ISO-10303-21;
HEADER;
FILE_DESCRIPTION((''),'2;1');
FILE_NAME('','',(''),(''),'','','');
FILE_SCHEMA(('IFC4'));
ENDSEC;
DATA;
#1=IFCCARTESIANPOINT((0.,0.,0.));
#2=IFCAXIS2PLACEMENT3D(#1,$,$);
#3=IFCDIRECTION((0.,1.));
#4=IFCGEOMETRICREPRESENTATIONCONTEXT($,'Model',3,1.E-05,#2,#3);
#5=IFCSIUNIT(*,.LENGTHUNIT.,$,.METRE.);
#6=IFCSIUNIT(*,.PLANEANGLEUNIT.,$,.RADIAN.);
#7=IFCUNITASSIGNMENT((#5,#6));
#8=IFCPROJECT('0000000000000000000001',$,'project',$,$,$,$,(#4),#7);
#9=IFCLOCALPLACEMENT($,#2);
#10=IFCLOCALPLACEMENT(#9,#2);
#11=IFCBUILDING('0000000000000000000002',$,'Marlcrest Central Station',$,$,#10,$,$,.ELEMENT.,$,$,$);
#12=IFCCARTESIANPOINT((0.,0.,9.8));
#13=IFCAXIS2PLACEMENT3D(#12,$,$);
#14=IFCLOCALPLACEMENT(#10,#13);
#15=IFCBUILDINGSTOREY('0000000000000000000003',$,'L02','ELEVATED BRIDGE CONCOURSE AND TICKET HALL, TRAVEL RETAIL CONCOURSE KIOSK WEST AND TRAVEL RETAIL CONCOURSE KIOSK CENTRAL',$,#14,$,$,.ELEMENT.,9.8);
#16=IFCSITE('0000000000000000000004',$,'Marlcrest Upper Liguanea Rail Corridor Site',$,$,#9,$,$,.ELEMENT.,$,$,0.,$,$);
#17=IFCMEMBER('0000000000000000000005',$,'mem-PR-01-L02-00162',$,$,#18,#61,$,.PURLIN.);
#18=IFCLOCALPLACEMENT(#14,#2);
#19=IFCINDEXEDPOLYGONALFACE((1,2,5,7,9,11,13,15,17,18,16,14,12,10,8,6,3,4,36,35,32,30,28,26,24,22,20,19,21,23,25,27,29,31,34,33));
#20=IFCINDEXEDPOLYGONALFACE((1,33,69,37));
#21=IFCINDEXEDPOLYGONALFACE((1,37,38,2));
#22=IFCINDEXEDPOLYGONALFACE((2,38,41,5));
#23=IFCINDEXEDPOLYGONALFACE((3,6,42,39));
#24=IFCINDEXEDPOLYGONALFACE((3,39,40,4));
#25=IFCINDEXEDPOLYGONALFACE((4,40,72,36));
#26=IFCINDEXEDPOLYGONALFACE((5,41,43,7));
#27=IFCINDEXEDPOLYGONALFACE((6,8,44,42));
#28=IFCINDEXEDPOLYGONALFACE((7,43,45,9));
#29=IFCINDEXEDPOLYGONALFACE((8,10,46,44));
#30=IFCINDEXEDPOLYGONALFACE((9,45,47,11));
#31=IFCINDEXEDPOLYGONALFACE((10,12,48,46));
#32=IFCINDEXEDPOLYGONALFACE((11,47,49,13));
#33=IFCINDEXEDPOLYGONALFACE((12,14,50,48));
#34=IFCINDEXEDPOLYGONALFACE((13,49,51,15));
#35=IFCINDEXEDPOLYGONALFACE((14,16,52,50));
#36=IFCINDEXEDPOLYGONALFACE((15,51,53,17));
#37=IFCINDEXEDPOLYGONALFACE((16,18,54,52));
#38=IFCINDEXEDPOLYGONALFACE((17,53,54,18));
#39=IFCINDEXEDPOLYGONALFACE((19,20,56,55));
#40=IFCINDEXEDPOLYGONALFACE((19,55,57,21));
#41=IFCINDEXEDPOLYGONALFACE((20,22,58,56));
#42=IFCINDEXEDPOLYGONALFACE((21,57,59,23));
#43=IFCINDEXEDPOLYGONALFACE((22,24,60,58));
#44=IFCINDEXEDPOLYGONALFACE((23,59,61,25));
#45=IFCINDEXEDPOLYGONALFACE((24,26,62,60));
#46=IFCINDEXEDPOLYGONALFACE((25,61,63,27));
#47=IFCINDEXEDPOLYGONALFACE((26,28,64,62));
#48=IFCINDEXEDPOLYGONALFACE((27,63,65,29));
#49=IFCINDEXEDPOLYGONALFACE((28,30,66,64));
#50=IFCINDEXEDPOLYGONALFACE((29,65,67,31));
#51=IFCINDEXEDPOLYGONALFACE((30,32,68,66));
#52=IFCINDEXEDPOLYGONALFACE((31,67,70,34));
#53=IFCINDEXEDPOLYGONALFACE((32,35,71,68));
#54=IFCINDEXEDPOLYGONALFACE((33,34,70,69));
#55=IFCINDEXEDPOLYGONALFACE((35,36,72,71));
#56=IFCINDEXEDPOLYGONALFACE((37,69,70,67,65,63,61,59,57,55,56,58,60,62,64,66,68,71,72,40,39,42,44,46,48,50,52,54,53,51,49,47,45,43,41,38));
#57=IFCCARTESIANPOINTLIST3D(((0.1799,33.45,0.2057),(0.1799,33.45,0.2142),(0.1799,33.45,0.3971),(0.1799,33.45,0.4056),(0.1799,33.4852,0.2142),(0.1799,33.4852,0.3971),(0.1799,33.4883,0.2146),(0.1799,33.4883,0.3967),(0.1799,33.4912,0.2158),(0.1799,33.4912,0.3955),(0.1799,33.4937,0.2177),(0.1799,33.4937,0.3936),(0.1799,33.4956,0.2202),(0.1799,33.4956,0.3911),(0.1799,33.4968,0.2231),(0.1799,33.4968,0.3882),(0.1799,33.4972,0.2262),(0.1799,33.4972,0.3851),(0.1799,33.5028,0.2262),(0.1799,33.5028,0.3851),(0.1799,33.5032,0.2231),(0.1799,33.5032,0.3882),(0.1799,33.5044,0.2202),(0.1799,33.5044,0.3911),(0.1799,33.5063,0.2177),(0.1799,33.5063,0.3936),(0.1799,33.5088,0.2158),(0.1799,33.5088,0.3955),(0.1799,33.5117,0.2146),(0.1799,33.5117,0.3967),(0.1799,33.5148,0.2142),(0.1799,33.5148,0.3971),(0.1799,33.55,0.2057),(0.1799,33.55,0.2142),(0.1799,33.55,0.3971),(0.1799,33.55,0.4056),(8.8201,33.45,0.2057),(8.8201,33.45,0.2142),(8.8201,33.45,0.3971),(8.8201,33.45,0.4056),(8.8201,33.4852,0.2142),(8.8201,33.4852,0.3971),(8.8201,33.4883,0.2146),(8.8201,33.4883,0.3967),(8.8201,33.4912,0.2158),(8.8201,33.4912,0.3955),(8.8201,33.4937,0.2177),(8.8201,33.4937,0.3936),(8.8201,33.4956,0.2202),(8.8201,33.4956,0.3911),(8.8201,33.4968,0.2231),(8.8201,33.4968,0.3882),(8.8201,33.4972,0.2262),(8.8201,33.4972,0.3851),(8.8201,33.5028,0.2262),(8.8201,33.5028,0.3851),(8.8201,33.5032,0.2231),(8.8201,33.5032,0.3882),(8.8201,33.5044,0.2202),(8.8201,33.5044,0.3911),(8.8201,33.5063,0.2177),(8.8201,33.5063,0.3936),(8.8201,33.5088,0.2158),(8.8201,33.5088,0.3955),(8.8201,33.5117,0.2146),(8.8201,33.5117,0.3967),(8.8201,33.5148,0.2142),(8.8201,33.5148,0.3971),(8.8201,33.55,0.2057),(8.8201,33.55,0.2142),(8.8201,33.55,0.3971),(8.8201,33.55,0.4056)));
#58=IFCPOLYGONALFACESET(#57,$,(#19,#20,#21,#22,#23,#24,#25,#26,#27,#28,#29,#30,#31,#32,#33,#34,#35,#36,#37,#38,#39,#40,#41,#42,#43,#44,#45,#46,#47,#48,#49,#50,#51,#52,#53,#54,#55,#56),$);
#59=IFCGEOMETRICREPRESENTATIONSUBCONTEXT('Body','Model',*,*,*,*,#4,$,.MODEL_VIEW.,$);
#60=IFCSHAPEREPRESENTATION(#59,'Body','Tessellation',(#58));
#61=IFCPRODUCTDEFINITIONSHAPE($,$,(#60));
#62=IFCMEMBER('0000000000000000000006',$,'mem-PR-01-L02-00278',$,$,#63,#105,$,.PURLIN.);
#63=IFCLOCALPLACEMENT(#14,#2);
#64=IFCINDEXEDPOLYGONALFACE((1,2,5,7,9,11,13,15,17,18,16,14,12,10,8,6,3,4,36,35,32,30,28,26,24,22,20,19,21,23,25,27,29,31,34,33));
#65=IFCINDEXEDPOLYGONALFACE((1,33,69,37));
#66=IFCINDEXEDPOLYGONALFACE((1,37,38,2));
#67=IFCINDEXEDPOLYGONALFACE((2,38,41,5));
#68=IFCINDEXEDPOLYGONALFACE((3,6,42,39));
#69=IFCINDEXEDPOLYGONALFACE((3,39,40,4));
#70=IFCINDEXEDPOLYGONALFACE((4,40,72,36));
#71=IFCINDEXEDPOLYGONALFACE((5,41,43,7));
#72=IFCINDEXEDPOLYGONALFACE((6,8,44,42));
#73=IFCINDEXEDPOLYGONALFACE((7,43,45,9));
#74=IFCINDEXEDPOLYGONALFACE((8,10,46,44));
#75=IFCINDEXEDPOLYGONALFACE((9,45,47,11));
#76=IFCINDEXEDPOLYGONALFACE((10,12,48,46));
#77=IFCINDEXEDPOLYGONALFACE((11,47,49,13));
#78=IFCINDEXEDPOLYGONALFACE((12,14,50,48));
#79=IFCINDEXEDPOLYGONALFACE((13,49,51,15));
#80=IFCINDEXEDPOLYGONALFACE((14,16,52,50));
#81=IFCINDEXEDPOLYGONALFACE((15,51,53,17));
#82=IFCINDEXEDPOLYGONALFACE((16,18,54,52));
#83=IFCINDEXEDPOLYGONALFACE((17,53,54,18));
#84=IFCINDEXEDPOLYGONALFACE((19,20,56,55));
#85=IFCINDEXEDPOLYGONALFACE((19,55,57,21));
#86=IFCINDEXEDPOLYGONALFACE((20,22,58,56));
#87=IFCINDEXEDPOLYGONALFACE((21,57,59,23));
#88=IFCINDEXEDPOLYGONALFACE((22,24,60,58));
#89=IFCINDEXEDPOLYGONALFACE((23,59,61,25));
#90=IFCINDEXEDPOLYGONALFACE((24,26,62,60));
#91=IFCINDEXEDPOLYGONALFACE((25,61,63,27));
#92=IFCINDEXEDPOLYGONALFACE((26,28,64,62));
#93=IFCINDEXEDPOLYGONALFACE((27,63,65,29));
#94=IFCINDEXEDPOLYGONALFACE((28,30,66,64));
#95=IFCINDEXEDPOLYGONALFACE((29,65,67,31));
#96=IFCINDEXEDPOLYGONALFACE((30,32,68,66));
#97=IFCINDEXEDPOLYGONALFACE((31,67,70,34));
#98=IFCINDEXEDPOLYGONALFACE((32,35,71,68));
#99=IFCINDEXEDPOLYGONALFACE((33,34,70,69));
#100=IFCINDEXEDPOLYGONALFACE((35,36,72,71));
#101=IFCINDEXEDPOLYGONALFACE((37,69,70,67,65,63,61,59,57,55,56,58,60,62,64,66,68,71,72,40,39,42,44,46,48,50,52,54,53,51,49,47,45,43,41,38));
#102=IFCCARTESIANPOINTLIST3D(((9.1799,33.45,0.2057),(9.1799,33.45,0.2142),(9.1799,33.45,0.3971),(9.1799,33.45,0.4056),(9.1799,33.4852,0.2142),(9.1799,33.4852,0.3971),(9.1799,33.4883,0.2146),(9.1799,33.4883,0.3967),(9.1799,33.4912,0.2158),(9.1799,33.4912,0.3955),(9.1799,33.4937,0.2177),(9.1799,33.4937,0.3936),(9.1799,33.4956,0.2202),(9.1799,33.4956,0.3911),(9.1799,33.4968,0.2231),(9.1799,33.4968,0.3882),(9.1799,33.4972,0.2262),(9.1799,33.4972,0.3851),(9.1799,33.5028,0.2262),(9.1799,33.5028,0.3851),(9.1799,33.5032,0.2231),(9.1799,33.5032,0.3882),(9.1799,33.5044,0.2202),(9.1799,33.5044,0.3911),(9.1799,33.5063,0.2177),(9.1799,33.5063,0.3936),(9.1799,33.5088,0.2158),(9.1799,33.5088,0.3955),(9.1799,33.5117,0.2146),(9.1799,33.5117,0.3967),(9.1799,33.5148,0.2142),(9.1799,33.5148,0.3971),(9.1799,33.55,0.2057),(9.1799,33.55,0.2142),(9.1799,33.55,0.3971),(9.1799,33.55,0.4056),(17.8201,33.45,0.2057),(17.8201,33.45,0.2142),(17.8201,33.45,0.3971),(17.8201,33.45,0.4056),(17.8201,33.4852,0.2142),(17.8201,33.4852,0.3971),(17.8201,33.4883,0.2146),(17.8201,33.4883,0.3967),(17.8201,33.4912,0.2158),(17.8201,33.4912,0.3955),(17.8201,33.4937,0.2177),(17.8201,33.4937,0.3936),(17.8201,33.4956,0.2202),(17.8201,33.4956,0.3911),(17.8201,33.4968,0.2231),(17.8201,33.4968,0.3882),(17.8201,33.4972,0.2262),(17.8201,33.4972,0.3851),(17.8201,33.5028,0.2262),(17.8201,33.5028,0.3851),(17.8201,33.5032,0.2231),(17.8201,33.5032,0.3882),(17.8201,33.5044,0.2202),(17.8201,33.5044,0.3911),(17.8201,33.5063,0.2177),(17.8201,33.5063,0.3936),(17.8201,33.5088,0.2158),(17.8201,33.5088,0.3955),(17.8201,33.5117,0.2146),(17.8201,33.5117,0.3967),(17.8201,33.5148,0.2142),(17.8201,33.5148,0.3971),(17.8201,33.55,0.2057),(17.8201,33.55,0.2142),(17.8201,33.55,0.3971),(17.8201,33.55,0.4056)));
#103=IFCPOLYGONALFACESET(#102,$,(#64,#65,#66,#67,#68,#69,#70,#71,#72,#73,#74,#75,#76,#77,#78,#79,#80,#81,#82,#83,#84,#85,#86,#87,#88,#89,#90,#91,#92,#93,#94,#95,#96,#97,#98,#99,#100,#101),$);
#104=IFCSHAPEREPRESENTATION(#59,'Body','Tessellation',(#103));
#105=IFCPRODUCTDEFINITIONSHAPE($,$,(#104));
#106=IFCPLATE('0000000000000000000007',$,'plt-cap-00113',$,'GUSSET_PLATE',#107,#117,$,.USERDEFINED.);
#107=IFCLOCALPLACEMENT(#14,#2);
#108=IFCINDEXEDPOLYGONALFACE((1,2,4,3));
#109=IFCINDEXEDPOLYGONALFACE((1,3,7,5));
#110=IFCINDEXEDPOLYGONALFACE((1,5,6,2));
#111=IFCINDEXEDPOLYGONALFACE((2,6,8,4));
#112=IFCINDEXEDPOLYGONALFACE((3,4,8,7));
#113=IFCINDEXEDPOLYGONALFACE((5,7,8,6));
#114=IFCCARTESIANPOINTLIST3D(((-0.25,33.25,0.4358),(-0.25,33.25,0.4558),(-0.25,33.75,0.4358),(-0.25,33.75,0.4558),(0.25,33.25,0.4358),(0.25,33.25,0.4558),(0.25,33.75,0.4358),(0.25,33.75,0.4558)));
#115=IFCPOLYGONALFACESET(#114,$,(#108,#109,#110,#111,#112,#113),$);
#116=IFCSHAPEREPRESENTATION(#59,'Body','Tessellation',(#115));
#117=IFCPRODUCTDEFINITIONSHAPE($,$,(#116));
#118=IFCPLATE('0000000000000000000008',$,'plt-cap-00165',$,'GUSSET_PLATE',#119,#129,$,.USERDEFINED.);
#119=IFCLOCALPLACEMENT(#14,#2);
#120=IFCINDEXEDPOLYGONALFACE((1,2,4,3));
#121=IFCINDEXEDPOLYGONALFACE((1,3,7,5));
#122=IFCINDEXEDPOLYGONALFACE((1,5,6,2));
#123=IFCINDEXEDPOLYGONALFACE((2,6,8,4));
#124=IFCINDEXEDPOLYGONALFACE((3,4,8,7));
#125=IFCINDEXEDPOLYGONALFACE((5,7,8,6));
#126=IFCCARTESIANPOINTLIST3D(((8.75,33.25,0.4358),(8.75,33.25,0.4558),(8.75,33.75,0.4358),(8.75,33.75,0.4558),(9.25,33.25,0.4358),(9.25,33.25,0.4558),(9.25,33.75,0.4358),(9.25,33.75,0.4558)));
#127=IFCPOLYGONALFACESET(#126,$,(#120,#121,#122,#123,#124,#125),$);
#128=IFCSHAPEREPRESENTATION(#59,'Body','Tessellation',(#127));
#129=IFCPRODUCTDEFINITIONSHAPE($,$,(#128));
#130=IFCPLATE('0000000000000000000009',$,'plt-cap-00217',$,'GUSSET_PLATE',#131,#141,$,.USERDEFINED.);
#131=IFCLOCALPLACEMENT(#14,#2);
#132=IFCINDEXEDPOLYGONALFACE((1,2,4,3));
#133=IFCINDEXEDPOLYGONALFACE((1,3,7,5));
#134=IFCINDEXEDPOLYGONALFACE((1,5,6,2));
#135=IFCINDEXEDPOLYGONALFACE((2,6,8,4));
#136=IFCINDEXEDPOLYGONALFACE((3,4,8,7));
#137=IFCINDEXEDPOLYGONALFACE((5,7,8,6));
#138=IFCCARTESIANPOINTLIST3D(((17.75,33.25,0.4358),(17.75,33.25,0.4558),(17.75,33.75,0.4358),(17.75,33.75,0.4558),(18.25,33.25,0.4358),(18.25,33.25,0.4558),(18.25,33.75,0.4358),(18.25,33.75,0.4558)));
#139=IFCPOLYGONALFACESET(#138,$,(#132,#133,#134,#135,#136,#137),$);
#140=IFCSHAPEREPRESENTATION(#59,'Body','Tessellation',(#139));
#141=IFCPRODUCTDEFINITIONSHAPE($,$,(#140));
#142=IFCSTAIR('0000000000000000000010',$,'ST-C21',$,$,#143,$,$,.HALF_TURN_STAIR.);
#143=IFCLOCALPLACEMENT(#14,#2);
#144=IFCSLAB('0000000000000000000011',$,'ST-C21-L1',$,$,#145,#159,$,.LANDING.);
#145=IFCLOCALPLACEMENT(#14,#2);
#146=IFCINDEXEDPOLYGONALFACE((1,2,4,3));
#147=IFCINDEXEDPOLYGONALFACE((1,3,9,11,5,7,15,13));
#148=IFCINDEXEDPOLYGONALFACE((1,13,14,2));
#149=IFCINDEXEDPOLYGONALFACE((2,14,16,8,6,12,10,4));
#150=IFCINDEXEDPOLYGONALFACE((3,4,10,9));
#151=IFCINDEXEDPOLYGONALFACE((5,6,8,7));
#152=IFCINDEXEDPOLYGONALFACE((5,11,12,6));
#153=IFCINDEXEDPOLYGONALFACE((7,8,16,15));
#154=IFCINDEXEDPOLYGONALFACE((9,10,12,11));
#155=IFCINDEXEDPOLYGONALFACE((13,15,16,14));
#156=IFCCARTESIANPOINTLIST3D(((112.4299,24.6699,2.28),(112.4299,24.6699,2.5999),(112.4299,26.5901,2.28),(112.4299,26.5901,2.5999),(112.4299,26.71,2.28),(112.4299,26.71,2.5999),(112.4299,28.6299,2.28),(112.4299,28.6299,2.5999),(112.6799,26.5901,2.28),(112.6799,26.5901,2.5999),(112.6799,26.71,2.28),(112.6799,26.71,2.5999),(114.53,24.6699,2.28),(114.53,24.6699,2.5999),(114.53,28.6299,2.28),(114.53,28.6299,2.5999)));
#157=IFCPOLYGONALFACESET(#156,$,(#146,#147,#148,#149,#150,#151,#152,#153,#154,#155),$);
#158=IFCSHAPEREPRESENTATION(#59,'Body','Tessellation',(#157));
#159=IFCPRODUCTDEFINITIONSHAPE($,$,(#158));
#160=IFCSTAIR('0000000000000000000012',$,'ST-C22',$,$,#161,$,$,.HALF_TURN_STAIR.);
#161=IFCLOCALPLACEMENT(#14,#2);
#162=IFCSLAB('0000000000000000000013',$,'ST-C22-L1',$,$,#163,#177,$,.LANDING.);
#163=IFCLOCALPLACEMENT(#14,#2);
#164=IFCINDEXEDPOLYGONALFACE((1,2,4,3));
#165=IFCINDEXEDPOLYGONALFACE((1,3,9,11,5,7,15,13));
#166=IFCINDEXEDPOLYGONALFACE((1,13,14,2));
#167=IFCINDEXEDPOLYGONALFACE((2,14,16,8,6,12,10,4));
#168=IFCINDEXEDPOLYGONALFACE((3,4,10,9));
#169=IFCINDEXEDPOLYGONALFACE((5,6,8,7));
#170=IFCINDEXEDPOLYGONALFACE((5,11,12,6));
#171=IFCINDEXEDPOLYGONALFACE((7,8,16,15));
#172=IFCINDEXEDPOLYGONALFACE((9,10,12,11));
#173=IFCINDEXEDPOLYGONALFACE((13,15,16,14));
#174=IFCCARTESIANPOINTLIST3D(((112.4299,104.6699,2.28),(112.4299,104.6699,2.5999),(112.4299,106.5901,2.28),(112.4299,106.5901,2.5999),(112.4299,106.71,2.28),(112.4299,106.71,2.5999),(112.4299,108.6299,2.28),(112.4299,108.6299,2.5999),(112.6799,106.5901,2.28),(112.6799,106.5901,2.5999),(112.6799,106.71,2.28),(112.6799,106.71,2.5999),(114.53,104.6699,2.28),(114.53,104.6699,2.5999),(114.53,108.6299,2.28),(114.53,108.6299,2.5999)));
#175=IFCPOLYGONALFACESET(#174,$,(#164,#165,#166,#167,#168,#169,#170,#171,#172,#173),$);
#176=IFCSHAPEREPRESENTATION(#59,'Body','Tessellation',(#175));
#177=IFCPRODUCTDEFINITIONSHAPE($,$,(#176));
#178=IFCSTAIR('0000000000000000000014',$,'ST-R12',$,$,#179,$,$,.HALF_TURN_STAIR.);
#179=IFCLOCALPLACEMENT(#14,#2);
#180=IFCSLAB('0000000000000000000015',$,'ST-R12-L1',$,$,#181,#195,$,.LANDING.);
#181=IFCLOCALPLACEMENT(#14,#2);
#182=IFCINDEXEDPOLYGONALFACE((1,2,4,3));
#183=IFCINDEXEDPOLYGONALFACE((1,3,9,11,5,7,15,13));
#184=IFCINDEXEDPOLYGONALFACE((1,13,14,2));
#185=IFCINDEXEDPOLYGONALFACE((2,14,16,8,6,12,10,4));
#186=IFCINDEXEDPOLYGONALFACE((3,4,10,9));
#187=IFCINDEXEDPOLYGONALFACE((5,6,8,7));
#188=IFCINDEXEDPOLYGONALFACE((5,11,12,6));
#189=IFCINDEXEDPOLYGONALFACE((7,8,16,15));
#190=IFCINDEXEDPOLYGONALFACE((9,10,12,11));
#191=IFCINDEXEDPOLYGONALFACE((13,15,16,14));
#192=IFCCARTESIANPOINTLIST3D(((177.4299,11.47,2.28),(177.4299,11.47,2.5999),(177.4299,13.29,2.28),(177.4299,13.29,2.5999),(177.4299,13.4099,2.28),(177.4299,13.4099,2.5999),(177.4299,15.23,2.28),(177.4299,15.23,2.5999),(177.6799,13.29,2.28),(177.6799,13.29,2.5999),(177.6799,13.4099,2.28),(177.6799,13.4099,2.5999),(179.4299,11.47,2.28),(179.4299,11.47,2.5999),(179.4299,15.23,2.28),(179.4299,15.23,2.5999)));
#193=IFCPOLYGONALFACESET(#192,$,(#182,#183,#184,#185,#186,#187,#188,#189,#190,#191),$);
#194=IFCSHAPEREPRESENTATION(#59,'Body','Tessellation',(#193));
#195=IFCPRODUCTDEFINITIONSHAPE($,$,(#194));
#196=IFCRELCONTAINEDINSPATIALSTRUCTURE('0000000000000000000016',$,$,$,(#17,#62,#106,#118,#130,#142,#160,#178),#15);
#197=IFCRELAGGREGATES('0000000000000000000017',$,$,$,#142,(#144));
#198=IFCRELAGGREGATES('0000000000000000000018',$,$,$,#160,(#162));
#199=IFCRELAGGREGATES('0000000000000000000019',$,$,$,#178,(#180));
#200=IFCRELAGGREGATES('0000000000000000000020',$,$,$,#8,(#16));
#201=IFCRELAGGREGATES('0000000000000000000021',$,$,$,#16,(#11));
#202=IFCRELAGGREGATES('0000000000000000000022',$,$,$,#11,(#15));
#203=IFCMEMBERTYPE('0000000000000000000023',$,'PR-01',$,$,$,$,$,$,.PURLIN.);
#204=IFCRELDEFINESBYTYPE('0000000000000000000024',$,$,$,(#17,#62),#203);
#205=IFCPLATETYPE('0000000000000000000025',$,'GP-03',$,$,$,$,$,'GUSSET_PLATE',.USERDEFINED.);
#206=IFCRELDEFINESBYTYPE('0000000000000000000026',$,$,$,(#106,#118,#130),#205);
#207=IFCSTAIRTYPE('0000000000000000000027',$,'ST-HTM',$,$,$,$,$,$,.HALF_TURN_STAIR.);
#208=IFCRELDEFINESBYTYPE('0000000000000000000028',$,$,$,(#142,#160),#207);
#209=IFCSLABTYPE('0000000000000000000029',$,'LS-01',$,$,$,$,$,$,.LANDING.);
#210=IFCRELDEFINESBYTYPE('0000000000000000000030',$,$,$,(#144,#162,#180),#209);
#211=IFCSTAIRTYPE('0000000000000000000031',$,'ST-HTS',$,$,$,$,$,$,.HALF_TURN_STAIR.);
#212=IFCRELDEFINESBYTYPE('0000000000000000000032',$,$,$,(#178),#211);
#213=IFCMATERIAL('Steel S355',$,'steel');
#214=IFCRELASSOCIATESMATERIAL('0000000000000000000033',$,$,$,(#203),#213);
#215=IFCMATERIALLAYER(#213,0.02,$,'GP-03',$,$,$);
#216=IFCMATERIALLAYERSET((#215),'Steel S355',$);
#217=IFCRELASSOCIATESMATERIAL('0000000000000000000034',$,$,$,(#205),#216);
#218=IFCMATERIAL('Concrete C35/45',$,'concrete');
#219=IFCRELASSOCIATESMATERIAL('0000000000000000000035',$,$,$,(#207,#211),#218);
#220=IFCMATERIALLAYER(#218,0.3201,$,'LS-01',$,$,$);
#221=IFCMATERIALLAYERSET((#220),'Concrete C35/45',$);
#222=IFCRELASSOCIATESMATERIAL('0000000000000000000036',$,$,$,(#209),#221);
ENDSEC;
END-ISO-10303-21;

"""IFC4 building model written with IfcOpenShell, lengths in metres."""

from ifc_helpers import new_model, si_unit, direction, frame, origin, origin_2d, place, context, subcontext, project, spatial, polyline, rectangle, i_section, outline, extrude, material, layer, layer_set, material_profile, profile_set, type_object, element, aggregate, save


model = new_model("IFC4")

# Units and contexts
model_context = context("Model", 3, precision=1e-05, world=origin(), true_north=direction((0.0, 1.0)))
body_context = subcontext(model_context, "Body", "Model", "MODEL_VIEW")
ifc_project = project(units=[si_unit("LENGTHUNIT", "METRE"), si_unit("PLANEANGLEUNIT", "RADIAN")], contexts=[model_context])

# Site, building, storey
site_placement = place(None, origin())
site = spatial("IfcSite", under=ifc_project, at=site_placement, Name="Marlcrest Upper Liguanea Rail Corridor Site", CompositionType="ELEMENT", RefElevation=0.0)
building_placement = place(site_placement, origin())
building = spatial("IfcBuilding", under=site, at=building_placement, Name="Marlcrest Central Station", CompositionType="ELEMENT")
storey_placement = place(building_placement, frame((0.0, 0.0, 9.8)))
storey = spatial("IfcBuildingStorey", under=building, at=storey_placement, Name="L02", Description="ELEVATED BRIDGE CONCOURSE AND TICKET HALL, TRAVEL RETAIL CONCOURSE KIOSK WEST AND TRAVEL RETAIL CONCOURSE KIOSK CENTRAL", CompositionType="ELEMENT", Elevation=9.8)

# Members
ifc_material_1 = material(Name="Steel S355", Category="steel")
ifc_material_profile_1 = material_profile(ifc_material_1, i_section(OverallWidth=0.1001, OverallDepth=0.2, WebThickness=0.0056, FlangeThickness=0.0085, FilletRadius=0.012, at=origin_2d()), Name="IPE 200")
ifc_profile_set_1 = profile_set([ifc_material_profile_1], Name="Steel S355")
member_type_1 = type_object("IfcMemberType", Name="PR-01", PredefinedType="PURLIN", material=ifc_profile_set_1)
for number, where, z_axis, x_axis, name in (
    (1, (0.1799, 33.5, 0.3057), (1.0, 0.0, 0.0), (0.0, 1.0, 0.0), "mem-PR-01-L02-00162"),
    (2, (9.1799, 33.5, 0.3057), (1.0, 0.0, 0.0), (0.0, 1.0, 0.0), "mem-PR-01-L02-00278"),
):
    element("IfcMember", number, at=place(storey_placement, frame(where, z_axis=z_axis, x_axis=x_axis)), inside=storey, type_object=member_type_1, Name=name, PredefinedType="PURLIN", context=body_context, shape_type="SweptSolid", body=[
        extrude(i_section(OverallWidth=0.1001, OverallDepth=0.2, WebThickness=0.0056, FlangeThickness=0.0085, FilletRadius=0.012, at=origin_2d()), origin(), (0.0, 0.0, 1.0), 8.6401),
    ])

# Plates
ifc_layer_1 = layer(ifc_material_1, 0.02, Name="GP-03")
ifc_layer_set_1 = layer_set([ifc_layer_1], Name="Steel S355")
plate_type = type_object("IfcPlateType", Name="GP-03", ElementType="GUSSET_PLATE", PredefinedType="USERDEFINED", material=ifc_layer_set_1)
for number, where, z_axis, x_axis, name in (
    (3, (0.0, 33.5, 0.4358), (0.0, 0.0, 1.0), (1.0, 0.0, 0.0), "plt-cap-00113"),
    (4, (9.0, 33.5, 0.4358), (0.0, 0.0, 1.0), (1.0, 0.0, 0.0), "plt-cap-00165"),
    (5, (18.0, 33.5, 0.4358), (0.0, 0.0, 1.0), (1.0, 0.0, 0.0), "plt-cap-00217"),
):
    element("IfcPlate", number, at=place(storey_placement, frame(where, z_axis=z_axis, x_axis=x_axis)), inside=storey, type_object=plate_type, Name=name, ObjectType="GUSSET_PLATE", PredefinedType="USERDEFINED", context=body_context, shape_type="SweptSolid", body=[
        extrude(rectangle(XDim=0.5, YDim=0.5, at=origin_2d()), origin(), (0.0, 0.0, 1.0), 0.02),
    ])

# Stairs, slabs
ifc_material_2 = material(Name="Concrete C35/45", Category="concrete")
stair_type_1 = type_object("IfcStairType", Name="ST-HTM", PredefinedType="HALF_TURN_STAIR", material=ifc_material_2)
stair_1_placement = place(storey_placement, origin())
stair_1 = element("IfcStair", 6, at=stair_1_placement, inside=storey, type_object=stair_type_1, Name="ST-C21", PredefinedType="HALF_TURN_STAIR")
ifc_layer_2 = layer(ifc_material_2, 0.3201, Name="LS-01")
ifc_layer_set_2 = layer_set([ifc_layer_2], Name="Concrete C35/45")
slab_type = type_object("IfcSlabType", Name="LS-01", PredefinedType="LANDING", material=ifc_layer_set_2)
slab_1_placement = place(storey_placement, frame((0.0, 0.0, 2.28)))
slab_1 = element("IfcSlab", 7, at=slab_1_placement, type_object=slab_type, Name="ST-C21-L1", PredefinedType="LANDING", context=body_context, shape_type="SweptSolid", body=[
    extrude(outline(polyline([(112.4299, 24.6699), (114.53, 24.6699), (114.53, 28.6299), (112.4299, 28.6299), (112.4299, 26.71), (112.6799, 26.71), (112.6799, 26.5901), (112.4299, 26.5901), (112.4299, 24.6699)])), origin(), (0.0, 0.0, 1.0), 0.3198),
])
aggregate(stair_1, [slab_1])
stair_2_placement = place(storey_placement, origin())
stair_2 = element("IfcStair", 8, at=stair_2_placement, inside=storey, type_object=stair_type_1, Name="ST-C22", PredefinedType="HALF_TURN_STAIR")
slab_2_placement = place(storey_placement, frame((0.0, 0.0, 2.28)))
slab_2 = element("IfcSlab", 9, at=slab_2_placement, type_object=slab_type, Name="ST-C22-L1", PredefinedType="LANDING", context=body_context, shape_type="SweptSolid", body=[
    extrude(outline(polyline([(112.4299, 104.6699), (114.53, 104.6699), (114.53, 108.6299), (112.4299, 108.6299), (112.4299, 106.71), (112.6799, 106.71), (112.6799, 106.5901), (112.4299, 106.5901), (112.4299, 104.6699)])), origin(), (0.0, 0.0, 1.0), 0.3198),
])
aggregate(stair_2, [slab_2])
stair_type_2 = type_object("IfcStairType", Name="ST-HTS", PredefinedType="HALF_TURN_STAIR", material=ifc_material_2)
stair_3_placement = place(storey_placement, origin())
stair_3 = element("IfcStair", 10, at=stair_3_placement, inside=storey, type_object=stair_type_2, Name="ST-R12", PredefinedType="HALF_TURN_STAIR")
slab_3_placement = place(storey_placement, frame((0.0, 0.0, 2.28)))
slab_3 = element("IfcSlab", 11, at=slab_3_placement, type_object=slab_type, Name="ST-R12-L1", PredefinedType="LANDING", context=body_context, shape_type="SweptSolid", body=[
    extrude(outline(polyline([(177.4299, 11.47), (179.4299, 11.47), (179.4299, 15.23), (177.4299, 15.23), (177.4299, 13.4099), (177.6799, 13.4099), (177.6799, 13.29), (177.4299, 13.29), (177.4299, 11.47)])), origin(), (0.0, 0.0, 1.0), 0.3198),
])
aggregate(stair_3, [slab_3])

save(model, "model.ifc")
